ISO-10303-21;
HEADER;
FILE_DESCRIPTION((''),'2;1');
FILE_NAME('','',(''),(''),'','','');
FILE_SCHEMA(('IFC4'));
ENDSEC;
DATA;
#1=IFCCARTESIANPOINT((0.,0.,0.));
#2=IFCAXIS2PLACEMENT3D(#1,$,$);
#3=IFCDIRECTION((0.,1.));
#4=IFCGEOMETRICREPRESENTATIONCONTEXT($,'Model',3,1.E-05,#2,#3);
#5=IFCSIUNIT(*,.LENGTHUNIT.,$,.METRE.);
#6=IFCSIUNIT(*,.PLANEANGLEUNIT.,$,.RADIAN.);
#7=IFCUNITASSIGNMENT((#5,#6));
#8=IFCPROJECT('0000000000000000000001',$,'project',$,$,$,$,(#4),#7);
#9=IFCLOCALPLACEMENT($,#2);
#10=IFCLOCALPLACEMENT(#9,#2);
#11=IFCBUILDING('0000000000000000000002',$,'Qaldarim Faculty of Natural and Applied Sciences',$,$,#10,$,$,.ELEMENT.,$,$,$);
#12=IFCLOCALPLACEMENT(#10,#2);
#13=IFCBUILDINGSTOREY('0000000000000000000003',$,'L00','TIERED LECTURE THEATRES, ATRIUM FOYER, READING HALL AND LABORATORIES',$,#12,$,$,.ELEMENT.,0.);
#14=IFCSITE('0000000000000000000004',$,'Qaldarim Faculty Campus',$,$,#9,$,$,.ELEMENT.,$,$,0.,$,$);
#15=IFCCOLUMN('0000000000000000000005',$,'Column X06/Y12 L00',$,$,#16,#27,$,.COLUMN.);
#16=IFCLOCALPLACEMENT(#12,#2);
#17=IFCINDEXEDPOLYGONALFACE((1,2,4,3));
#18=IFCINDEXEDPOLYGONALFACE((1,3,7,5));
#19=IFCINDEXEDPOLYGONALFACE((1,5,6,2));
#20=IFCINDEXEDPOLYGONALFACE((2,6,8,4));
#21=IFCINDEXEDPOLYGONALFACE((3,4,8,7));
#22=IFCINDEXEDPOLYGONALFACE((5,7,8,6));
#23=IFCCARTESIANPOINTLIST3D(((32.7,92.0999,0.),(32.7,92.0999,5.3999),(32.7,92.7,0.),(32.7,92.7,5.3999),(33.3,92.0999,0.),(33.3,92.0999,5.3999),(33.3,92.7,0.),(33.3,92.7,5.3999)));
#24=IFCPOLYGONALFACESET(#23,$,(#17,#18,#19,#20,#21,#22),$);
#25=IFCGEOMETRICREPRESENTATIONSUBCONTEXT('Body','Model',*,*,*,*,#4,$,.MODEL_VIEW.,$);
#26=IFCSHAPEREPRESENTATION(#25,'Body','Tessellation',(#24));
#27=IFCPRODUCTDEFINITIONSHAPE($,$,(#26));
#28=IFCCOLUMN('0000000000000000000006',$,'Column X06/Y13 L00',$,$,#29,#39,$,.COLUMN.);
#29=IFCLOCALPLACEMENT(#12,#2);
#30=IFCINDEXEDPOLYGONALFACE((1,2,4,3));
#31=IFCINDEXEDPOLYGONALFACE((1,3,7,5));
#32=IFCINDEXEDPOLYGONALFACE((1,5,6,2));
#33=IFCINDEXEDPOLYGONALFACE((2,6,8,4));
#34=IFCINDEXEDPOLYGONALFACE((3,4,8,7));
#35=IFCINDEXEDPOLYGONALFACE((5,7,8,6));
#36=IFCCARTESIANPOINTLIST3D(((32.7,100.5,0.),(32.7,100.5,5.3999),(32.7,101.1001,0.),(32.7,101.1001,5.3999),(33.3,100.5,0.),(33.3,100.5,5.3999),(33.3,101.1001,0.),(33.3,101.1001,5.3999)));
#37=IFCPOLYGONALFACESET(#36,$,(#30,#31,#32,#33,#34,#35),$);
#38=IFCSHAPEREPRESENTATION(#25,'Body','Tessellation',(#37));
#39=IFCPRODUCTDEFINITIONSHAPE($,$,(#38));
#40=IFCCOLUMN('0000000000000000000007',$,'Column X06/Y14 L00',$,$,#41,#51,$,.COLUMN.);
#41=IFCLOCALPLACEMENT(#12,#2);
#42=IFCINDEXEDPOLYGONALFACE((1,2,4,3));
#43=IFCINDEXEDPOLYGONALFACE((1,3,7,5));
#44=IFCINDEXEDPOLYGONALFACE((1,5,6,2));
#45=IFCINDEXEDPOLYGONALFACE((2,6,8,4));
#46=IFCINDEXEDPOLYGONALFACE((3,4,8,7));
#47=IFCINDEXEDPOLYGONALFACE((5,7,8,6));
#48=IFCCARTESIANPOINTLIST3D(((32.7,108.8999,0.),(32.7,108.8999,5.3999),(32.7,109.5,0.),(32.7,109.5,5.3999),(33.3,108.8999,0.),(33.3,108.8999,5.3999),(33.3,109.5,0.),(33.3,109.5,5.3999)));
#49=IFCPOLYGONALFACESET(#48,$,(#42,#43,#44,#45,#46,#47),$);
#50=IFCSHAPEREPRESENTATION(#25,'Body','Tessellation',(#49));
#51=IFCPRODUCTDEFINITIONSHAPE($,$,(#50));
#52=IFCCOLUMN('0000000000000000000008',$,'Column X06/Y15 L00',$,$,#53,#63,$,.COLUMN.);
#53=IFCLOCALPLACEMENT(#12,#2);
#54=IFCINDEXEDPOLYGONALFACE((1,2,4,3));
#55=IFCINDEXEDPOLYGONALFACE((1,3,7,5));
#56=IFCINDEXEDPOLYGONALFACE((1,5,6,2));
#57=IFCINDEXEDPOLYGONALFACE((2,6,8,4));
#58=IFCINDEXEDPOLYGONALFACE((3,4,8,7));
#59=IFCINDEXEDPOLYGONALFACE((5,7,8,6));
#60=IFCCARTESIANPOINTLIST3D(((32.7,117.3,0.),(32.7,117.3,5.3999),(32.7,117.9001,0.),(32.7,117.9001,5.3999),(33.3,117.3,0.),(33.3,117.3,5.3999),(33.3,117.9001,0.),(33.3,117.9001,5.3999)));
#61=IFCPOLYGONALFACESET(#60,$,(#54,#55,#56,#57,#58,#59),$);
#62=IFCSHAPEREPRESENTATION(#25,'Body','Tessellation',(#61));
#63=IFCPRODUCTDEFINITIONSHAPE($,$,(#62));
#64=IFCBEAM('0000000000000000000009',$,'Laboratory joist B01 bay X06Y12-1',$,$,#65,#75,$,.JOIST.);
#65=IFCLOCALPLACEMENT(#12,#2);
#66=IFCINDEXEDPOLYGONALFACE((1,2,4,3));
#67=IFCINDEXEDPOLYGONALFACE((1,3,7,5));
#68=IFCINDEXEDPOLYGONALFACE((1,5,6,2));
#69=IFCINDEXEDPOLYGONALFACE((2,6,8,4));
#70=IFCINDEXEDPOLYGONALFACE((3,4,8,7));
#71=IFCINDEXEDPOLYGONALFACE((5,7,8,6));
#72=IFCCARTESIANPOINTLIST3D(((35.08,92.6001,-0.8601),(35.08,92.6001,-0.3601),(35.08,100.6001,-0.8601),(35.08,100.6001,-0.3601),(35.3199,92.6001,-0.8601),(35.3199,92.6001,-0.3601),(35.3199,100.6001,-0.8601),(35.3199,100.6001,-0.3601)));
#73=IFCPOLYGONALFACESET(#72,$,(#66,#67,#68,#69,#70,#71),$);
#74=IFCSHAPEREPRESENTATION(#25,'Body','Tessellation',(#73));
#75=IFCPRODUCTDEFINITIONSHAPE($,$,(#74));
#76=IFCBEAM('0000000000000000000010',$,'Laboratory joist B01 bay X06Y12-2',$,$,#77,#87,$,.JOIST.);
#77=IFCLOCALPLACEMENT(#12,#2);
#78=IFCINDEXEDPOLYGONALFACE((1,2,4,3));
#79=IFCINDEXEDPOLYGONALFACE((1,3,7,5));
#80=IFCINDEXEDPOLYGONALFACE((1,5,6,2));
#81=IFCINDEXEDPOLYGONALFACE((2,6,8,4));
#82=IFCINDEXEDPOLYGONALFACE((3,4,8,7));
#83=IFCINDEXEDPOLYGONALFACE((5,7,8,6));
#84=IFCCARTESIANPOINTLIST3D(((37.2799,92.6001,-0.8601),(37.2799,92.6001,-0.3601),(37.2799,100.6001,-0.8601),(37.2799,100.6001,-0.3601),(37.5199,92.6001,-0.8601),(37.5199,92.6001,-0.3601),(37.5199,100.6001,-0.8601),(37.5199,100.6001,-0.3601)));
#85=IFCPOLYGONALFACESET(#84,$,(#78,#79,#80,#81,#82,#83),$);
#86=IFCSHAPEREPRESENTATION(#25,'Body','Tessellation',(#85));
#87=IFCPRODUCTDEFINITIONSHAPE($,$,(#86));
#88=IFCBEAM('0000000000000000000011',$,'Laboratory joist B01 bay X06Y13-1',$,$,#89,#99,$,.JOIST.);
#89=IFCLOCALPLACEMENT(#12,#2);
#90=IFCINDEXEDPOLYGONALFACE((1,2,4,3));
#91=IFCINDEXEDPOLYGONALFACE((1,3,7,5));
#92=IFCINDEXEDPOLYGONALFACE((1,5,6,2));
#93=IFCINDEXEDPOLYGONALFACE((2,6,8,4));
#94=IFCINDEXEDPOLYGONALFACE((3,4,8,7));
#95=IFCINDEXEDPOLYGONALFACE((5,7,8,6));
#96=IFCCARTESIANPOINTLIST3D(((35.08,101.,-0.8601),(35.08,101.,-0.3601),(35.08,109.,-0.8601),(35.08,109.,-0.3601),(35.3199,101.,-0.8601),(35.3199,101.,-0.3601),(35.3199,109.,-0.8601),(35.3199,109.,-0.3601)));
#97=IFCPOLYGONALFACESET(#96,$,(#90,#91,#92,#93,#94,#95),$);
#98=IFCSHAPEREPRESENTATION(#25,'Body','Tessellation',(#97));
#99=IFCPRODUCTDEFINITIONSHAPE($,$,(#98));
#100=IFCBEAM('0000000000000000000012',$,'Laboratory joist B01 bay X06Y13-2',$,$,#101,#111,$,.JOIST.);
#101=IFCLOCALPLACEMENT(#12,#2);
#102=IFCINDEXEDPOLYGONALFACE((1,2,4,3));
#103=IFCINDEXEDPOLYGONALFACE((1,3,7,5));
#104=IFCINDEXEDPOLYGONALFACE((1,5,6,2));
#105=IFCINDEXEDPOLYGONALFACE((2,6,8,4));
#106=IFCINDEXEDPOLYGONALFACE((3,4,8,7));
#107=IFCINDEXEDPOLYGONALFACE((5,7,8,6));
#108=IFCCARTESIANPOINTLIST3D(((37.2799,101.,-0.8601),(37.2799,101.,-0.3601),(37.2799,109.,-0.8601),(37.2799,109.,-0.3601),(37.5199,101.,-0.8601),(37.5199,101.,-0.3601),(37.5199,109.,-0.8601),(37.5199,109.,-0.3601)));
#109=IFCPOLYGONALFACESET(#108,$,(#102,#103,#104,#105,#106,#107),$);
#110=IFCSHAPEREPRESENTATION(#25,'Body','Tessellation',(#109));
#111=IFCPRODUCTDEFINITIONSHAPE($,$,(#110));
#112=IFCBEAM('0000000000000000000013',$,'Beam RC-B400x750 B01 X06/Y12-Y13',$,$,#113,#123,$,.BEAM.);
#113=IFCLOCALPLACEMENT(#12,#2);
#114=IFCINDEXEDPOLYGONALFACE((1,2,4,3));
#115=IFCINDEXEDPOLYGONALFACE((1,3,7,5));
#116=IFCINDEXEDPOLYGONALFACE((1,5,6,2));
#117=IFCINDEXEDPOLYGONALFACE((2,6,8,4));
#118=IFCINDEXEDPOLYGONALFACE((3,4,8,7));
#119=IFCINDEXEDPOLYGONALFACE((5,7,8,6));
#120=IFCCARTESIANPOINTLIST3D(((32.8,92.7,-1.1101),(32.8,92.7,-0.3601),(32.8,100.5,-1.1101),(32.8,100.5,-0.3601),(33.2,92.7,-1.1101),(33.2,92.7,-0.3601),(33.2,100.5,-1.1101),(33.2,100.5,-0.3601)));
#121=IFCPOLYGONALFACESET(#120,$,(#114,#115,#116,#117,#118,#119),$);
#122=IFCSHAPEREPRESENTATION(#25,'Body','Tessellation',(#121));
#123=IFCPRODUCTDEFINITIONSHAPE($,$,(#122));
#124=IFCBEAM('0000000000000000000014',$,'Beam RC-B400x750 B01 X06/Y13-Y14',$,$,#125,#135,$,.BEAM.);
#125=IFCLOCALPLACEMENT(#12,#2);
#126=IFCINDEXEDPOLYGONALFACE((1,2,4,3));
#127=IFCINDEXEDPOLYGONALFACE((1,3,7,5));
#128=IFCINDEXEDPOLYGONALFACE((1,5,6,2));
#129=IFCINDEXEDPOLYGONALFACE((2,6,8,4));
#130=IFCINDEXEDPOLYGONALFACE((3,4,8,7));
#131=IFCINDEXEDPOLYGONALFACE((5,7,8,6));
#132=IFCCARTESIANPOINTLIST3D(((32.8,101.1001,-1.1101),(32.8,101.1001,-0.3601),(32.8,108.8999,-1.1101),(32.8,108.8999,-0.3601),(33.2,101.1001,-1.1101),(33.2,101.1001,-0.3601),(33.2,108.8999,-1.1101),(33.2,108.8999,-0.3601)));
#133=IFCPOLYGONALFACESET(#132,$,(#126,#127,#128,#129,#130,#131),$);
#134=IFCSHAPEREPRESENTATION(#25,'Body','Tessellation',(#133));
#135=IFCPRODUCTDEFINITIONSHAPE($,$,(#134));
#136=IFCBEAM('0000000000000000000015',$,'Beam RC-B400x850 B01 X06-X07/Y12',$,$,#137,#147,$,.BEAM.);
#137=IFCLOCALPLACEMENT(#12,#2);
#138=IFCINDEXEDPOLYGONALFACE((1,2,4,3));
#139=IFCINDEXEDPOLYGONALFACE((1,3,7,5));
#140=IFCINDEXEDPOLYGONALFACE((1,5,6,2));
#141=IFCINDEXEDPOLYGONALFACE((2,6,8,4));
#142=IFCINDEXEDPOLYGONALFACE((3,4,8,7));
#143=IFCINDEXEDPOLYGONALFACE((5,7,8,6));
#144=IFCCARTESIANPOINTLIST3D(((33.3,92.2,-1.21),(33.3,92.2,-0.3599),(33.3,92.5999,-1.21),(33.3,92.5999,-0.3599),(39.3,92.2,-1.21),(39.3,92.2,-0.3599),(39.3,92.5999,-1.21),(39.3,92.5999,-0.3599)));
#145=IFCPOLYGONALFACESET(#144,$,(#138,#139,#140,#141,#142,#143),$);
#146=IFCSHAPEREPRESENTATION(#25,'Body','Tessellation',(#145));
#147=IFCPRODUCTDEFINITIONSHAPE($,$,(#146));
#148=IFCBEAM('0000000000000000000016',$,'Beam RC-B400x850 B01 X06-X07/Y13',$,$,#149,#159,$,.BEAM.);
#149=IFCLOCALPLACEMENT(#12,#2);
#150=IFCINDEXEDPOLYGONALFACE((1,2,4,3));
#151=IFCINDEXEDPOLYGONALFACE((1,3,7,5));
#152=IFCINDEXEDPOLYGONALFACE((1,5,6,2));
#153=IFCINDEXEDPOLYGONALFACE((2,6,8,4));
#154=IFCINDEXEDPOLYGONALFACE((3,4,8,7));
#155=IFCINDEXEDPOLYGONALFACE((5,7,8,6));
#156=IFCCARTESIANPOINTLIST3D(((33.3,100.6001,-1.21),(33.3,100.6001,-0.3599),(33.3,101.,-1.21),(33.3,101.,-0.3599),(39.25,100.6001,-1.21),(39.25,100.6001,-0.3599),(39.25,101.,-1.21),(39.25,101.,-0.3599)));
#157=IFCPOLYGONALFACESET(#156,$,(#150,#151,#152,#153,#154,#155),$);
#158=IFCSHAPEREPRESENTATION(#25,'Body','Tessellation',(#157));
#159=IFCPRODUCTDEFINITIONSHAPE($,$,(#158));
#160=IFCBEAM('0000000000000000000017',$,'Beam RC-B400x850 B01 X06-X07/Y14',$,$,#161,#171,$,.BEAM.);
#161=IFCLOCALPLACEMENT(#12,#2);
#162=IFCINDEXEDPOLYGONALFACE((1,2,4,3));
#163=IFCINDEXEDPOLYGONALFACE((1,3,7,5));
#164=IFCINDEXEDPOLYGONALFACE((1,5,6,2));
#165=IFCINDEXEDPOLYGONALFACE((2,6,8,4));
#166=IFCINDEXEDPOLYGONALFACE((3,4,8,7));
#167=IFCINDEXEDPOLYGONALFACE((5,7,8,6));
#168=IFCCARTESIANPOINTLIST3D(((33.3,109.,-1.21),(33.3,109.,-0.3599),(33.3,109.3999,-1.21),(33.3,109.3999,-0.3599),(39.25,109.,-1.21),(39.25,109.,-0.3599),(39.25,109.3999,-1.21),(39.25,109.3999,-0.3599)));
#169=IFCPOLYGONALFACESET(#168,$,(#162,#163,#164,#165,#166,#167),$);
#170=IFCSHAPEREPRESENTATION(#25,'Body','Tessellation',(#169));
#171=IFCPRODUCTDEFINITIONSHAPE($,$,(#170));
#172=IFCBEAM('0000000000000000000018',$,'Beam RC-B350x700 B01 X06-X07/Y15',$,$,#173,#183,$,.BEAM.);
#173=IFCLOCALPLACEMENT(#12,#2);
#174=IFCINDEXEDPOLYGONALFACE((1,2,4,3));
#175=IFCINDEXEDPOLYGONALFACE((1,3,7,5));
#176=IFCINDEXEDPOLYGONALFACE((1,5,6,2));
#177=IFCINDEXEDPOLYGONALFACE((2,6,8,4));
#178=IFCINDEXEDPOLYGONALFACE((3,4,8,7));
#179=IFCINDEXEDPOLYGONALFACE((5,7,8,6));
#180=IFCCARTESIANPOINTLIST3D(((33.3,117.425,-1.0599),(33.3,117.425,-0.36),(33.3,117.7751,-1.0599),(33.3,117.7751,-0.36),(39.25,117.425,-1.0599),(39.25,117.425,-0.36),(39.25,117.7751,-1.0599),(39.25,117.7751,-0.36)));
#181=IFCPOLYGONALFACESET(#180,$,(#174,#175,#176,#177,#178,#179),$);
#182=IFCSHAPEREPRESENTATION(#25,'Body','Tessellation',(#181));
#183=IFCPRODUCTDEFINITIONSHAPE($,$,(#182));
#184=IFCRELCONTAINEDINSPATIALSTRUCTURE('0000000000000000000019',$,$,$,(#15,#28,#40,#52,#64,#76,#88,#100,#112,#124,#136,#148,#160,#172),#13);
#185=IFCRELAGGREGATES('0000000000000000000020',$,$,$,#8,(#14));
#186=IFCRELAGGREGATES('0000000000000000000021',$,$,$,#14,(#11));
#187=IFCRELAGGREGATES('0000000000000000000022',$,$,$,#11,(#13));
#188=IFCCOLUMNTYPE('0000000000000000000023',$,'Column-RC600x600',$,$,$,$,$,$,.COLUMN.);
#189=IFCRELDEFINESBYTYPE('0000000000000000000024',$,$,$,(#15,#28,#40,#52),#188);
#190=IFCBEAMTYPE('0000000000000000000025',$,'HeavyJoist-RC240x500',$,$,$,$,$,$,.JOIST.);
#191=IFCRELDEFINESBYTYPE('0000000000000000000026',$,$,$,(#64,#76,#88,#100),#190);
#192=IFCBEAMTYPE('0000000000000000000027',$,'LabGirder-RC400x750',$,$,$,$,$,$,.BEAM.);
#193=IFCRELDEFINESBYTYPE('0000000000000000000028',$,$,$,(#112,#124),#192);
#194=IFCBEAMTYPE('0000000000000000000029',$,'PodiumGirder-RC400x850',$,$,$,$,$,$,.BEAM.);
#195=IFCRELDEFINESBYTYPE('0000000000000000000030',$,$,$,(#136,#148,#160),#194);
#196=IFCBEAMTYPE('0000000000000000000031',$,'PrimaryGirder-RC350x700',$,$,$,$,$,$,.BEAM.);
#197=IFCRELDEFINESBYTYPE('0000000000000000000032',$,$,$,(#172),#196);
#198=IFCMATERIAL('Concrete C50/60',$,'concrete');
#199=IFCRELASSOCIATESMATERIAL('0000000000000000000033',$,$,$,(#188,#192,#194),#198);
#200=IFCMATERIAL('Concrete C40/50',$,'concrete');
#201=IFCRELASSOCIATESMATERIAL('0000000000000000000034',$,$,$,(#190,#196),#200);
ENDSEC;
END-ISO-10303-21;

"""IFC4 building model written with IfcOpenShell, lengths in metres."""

from ifc_helpers import new_model, si_unit, direction, frame, origin, origin_2d, place, context, subcontext, project, spatial, rectangle, extrude, material, material_profile, profile_set, type_object, element, save


model = new_model("IFC4")

# Units and contexts
model_context = context("Model", 3, precision=1e-05, world=origin(), true_north=direction((0.0, 1.0)))
body_context = subcontext(model_context, "Body", "Model", "MODEL_VIEW")
ifc_project = project(units=[si_unit("LENGTHUNIT", "METRE"), si_unit("PLANEANGLEUNIT", "RADIAN")], contexts=[model_context])

# Site, building, storey
site_placement = place(None, origin())
site = spatial("IfcSite", under=ifc_project, at=site_placement, Name="Qaldarim Faculty Campus", CompositionType="ELEMENT", RefElevation=0.0)
building_placement = place(site_placement, origin())
building = spatial("IfcBuilding", under=site, at=building_placement, Name="Qaldarim Faculty of Natural and Applied Sciences", CompositionType="ELEMENT")
storey_placement = place(building_placement, origin())
storey = spatial("IfcBuildingStorey", under=building, at=storey_placement, Name="L00", Description="TIERED LECTURE THEATRES, ATRIUM FOYER, READING HALL AND LABORATORIES", CompositionType="ELEMENT", Elevation=0.0)

# Columns
ifc_material_1 = material(Name="Concrete C50/60", Category="concrete")
ifc_material_profile_1 = material_profile(ifc_material_1, rectangle(XDim=0.6001, YDim=0.6001, at=origin_2d()), Name="RC-C600x600")
ifc_profile_set_1 = profile_set([ifc_material_profile_1], Name="Concrete C50/60")
column_type = type_object("IfcColumnType", Name="Column-RC600x600", PredefinedType="COLUMN", material=ifc_profile_set_1)
for number, where, z_axis, x_axis, name in (
    (1, (33.0, 92.3999, 0.0), (0.0, 0.0, 1.0), (1.0, 0.0, 0.0), "Column X06/Y12 L00"),
    (2, (33.0, 100.8, 0.0), (0.0, 0.0, 1.0), (1.0, 0.0, 0.0), "Column X06/Y13 L00"),
    (3, (33.0, 109.2, 0.0), (0.0, 0.0, 1.0), (1.0, 0.0, 0.0), "Column X06/Y14 L00"),
    (4, (33.0, 117.6001, 0.0), (0.0, 0.0, 1.0), (1.0, 0.0, 0.0), "Column X06/Y15 L00"),
):
    element("IfcColumn", number, at=place(storey_placement, frame(where, z_axis=z_axis, x_axis=x_axis)), inside=storey, type_object=column_type, Name=name, PredefinedType="COLUMN", context=body_context, shape_type="SweptSolid", body=[
        extrude(rectangle(XDim=0.6001, YDim=0.6001, at=origin_2d()), origin(), (0.0, 0.0, 1.0), 5.3999),
    ])

# Beams
ifc_material_2 = material(Name="Concrete C40/50", Category="concrete")
ifc_material_profile_2 = material_profile(ifc_material_2, rectangle(XDim=0.24, YDim=0.5, at=origin_2d()), Name="RC-J240x500")
ifc_profile_set_2 = profile_set([ifc_material_profile_2], Name="Concrete C40/50")
beam_type_1 = type_object("IfcBeamType", Name="HeavyJoist-RC240x500", PredefinedType="JOIST", material=ifc_profile_set_2)
for number, where, z_axis, x_axis, name in (
    (5, (35.2, 92.6001, -0.6101), (0.0, 1.0, 0.0), (-1.0, 0.0, 0.0), "Laboratory joist B01 bay X06Y12-1"),
    (6, (37.3999, 92.6001, -0.6101), (0.0, 1.0, 0.0), (-1.0, 0.0, 0.0), "Laboratory joist B01 bay X06Y12-2"),
    (7, (35.2, 101.0, -0.6101), (0.0, 1.0, 0.0), (-1.0, 0.0, 0.0), "Laboratory joist B01 bay X06Y13-1"),
    (8, (37.3999, 101.0, -0.6101), (0.0, 1.0, 0.0), (-1.0, 0.0, 0.0), "Laboratory joist B01 bay X06Y13-2"),
):
    element("IfcBeam", number, at=place(storey_placement, frame(where, z_axis=z_axis, x_axis=x_axis)), inside=storey, type_object=beam_type_1, Name=name, PredefinedType="JOIST", context=body_context, shape_type="SweptSolid", body=[
        extrude(rectangle(XDim=0.24, YDim=0.5, at=origin_2d()), origin(), (0.0, 0.0, 1.0), 8.0),
    ])
ifc_material_profile_3 = material_profile(ifc_material_1, rectangle(XDim=0.3999, YDim=0.75, at=origin_2d()), Name="RC-B400x750")
ifc_profile_set_3 = profile_set([ifc_material_profile_3], Name="Concrete C50/60")
beam_type_2 = type_object("IfcBeamType", Name="LabGirder-RC400x750", PredefinedType="BEAM", material=ifc_profile_set_3)
beam_1_placement = place(storey_placement, frame((33.0, 92.7, -0.7351), z_axis=(0.0, 1.0, 0.0), x_axis=(-1.0, 0.0, 0.0)))
element("IfcBeam", 9, at=beam_1_placement, inside=storey, type_object=beam_type_2, Name="Beam RC-B400x750 B01 X06/Y12-Y13", PredefinedType="BEAM", context=body_context, shape_type="SweptSolid", body=[
    extrude(rectangle(XDim=0.3999, YDim=0.75, at=origin_2d()), origin(), (0.0, 0.0, 1.0), 7.8),
])
beam_2_placement = place(storey_placement, frame((33.0, 101.1001, -0.7351), z_axis=(0.0, 1.0, 0.0), x_axis=(-1.0, 0.0, 0.0)))
element("IfcBeam", 10, at=beam_2_placement, inside=storey, type_object=beam_type_2, Name="Beam RC-B400x750 B01 X06/Y13-Y14", PredefinedType="BEAM", context=body_context, shape_type="SweptSolid", body=[
    extrude(rectangle(XDim=0.3999, YDim=0.75, at=origin_2d()), origin(), (0.0, 0.0, 1.0), 7.7998),
])
ifc_material_profile_4 = material_profile(ifc_material_1, rectangle(XDim=0.3999, YDim=0.8501, at=origin_2d()), Name="RC-B400x850")
ifc_profile_set_4 = profile_set([ifc_material_profile_4], Name="Concrete C50/60")
beam_type_3 = type_object("IfcBeamType", Name="PodiumGirder-RC400x850", PredefinedType="BEAM", material=ifc_profile_set_4)
beam_3_placement = place(storey_placement, frame((33.3, 92.3999, -0.7849), z_axis=(1.0, 0.0, 0.0), x_axis=(0.0, 1.0, 0.0)))
element("IfcBeam", 11, at=beam_3_placement, inside=storey, type_object=beam_type_3, Name="Beam RC-B400x850 B01 X06-X07/Y12", PredefinedType="BEAM", context=body_context, shape_type="SweptSolid", body=[
    extrude(rectangle(XDim=0.3999, YDim=0.8501, at=origin_2d()), origin(), (0.0, 0.0, 1.0), 6.0),
])
for number, where, z_axis, x_axis, name in (
    (12, (33.3, 100.8, -0.7849), (1.0, 0.0, 0.0), (0.0, 1.0, 0.0), "Beam RC-B400x850 B01 X06-X07/Y13"),
    (13, (33.3, 109.2, -0.7849), (1.0, 0.0, 0.0), (0.0, 1.0, 0.0), "Beam RC-B400x850 B01 X06-X07/Y14"),
):
    element("IfcBeam", number, at=place(storey_placement, frame(where, z_axis=z_axis, x_axis=x_axis)), inside=storey, type_object=beam_type_3, Name=name, PredefinedType="BEAM", context=body_context, shape_type="SweptSolid", body=[
        extrude(rectangle(XDim=0.3999, YDim=0.8501, at=origin_2d()), origin(), (0.0, 0.0, 1.0), 5.95),
    ])
ifc_material_profile_5 = material_profile(ifc_material_2, rectangle(XDim=0.3501, YDim=0.7, at=origin_2d()), Name="RC-B350x700")
ifc_profile_set_5 = profile_set([ifc_material_profile_5], Name="Concrete C40/50")
beam_type_4 = type_object("IfcBeamType", Name="PrimaryGirder-RC350x700", PredefinedType="BEAM", material=ifc_profile_set_5)
beam_4_placement = place(storey_placement, frame((33.3, 117.6001, -0.71), z_axis=(1.0, 0.0, 0.0), x_axis=(0.0, 1.0, 0.0)))
element("IfcBeam", 14, at=beam_4_placement, inside=storey, type_object=beam_type_4, Name="Beam RC-B350x700 B01 X06-X07/Y15", PredefinedType="BEAM", context=body_context, shape_type="SweptSolid", body=[
    extrude(rectangle(XDim=0.3501, YDim=0.7, at=origin_2d()), origin(), (0.0, 0.0, 1.0), 5.95),
])

save(model, "model.ifc")
